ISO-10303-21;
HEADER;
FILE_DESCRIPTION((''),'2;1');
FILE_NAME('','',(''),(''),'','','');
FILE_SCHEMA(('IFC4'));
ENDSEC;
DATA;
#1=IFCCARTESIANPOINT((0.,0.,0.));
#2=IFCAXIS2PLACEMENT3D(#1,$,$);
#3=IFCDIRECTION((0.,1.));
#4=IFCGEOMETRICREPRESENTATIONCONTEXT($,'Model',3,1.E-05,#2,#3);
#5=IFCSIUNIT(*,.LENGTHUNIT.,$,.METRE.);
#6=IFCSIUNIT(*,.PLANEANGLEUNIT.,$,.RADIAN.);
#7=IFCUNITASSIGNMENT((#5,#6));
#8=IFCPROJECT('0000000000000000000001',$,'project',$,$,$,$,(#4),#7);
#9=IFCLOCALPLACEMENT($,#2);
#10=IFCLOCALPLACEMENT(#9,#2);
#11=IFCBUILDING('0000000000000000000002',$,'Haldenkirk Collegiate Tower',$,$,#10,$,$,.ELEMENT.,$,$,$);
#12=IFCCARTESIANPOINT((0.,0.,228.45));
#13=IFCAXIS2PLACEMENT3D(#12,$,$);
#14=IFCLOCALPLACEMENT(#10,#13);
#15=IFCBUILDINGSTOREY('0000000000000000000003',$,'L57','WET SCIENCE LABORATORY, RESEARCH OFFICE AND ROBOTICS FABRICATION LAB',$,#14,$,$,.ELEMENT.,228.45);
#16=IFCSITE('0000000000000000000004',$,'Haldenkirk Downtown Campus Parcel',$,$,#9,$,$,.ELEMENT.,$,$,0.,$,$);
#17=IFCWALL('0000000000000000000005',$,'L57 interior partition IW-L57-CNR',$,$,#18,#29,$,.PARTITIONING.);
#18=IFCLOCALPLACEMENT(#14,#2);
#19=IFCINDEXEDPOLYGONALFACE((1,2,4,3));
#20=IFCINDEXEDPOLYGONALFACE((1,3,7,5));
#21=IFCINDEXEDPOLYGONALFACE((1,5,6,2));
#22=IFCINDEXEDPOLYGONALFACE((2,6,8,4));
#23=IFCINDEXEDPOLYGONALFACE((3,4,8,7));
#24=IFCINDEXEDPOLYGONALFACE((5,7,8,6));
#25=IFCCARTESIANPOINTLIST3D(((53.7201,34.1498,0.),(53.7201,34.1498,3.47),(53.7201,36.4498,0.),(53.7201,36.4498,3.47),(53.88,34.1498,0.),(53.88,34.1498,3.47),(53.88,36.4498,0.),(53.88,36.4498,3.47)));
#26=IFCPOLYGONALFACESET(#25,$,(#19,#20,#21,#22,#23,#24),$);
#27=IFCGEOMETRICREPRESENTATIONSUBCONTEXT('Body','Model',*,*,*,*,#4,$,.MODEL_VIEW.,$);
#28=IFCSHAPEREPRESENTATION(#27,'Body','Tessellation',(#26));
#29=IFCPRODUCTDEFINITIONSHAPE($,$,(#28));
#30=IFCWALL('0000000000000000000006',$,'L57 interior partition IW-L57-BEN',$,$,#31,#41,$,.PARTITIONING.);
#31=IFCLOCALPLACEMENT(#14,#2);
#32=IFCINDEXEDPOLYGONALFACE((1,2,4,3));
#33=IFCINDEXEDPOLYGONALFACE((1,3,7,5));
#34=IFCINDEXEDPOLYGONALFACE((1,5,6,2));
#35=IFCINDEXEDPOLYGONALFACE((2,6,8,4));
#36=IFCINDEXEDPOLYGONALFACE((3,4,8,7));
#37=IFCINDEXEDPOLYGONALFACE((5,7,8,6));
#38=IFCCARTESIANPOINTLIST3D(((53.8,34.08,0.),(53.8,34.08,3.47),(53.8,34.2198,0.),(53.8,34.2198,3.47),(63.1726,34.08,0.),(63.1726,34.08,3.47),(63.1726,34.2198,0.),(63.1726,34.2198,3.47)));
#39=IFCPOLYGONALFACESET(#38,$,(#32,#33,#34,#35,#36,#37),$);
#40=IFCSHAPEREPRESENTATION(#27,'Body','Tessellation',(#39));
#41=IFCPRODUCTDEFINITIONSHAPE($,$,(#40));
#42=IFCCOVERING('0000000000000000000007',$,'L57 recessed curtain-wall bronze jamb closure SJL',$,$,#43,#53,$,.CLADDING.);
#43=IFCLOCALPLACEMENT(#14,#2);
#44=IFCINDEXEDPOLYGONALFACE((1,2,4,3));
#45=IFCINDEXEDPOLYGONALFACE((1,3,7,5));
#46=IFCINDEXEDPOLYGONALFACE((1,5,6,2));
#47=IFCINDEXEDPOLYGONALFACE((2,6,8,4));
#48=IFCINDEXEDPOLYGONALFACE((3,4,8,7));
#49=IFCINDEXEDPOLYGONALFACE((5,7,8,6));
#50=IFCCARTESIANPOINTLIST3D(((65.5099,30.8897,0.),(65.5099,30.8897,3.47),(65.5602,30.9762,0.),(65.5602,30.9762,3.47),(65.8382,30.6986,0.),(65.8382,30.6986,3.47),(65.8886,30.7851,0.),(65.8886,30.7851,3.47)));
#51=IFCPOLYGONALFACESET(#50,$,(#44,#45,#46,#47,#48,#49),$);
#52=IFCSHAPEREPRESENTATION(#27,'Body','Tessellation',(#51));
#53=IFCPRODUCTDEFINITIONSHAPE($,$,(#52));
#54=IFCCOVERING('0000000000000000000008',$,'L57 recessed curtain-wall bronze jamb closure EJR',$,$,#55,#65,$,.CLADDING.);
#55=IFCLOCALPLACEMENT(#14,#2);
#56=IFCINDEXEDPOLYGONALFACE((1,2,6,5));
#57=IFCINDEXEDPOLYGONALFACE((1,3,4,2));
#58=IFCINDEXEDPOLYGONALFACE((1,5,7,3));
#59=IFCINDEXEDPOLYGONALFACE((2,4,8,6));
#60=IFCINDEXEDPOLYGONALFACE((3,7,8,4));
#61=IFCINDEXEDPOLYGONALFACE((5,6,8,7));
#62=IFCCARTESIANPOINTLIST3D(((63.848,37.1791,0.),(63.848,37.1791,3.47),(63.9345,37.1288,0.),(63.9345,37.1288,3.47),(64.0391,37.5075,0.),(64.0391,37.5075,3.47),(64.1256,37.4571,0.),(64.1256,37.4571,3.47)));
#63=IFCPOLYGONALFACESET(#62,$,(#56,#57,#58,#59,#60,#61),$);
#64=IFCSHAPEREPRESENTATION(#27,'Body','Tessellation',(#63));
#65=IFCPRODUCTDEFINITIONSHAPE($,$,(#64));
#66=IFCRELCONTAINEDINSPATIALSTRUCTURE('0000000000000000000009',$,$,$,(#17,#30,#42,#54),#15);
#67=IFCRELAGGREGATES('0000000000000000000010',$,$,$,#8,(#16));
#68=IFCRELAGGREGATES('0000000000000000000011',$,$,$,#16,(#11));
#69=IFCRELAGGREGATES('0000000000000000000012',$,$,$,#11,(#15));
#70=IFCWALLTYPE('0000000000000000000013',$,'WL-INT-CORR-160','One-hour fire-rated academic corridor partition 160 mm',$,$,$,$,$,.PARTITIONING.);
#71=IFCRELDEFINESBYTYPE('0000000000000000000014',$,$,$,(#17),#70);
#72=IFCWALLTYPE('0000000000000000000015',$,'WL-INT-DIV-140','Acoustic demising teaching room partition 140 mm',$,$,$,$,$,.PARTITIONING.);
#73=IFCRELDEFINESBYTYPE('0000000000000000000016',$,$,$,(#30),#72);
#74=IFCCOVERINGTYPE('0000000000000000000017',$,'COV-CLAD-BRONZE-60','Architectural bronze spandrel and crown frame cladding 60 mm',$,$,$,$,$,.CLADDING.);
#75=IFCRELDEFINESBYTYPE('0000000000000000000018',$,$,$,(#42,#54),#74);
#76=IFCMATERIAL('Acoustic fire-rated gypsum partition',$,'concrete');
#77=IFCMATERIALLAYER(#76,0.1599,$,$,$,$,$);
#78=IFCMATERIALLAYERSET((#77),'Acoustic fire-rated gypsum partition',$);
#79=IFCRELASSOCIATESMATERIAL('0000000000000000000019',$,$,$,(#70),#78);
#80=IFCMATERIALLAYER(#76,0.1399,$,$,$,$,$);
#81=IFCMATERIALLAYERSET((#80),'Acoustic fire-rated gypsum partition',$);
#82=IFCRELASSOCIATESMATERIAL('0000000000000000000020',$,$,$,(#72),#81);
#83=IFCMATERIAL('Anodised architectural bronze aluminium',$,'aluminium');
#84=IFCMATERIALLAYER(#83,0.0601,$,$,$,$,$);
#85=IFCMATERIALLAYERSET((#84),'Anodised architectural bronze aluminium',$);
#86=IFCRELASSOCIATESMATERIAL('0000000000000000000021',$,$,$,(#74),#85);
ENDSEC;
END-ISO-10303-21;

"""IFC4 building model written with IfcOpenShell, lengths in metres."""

from ifc_helpers import new_model, si_unit, direction, frame, frame_2d, origin, origin_2d, place, context, subcontext, project, spatial, rectangle, extrude, source, transform, mapped, material, layer, layer_set, type_object, element, save


model = new_model("IFC4")

# Units and contexts
model_context = context("Model", 3, precision=1e-05, world=origin(), true_north=direction((0.0, 1.0)))
body_context = subcontext(model_context, "Body", "Model", "MODEL_VIEW")
ifc_project = project(units=[si_unit("LENGTHUNIT", "METRE"), si_unit("PLANEANGLEUNIT", "RADIAN")], contexts=[model_context])

# Site, building, storey
site_placement = place(None, origin())
site = spatial("IfcSite", under=ifc_project, at=site_placement, Name="Haldenkirk Downtown Campus Parcel", CompositionType="ELEMENT", RefElevation=0.0)
building_placement = place(site_placement, origin())
building = spatial("IfcBuilding", under=site, at=building_placement, Name="Haldenkirk Collegiate Tower", CompositionType="ELEMENT")
storey_placement = place(building_placement, frame((0.0, 0.0, 228.45)))
storey = spatial("IfcBuildingStorey", under=building, at=storey_placement, Name="L57", Description="WET SCIENCE LABORATORY, RESEARCH OFFICE AND ROBOTICS FABRICATION LAB", CompositionType="ELEMENT", Elevation=228.45)

# Shared definitions
ifc_material_1 = material(Name="Anodised architectural bronze aluminium", Category="aluminium")

# Walls
ifc_material_2 = material(Name="Acoustic fire-rated gypsum partition", Category="concrete")
ifc_layer_1 = layer(ifc_material_2, 0.1599)
ifc_layer_set_1 = layer_set([ifc_layer_1], Name="Acoustic fire-rated gypsum partition")
wall_type_1 = type_object("IfcWallType", Name="WL-INT-CORR-160", Description="One-hour fire-rated academic corridor partition 160 mm", PredefinedType="PARTITIONING", material=ifc_layer_set_1)
wall_1_placement = place(storey_placement, frame((53.8, 34.1499, 0.0), z_axis=(0.0, 0.0, 1.0), x_axis=(0.0, 1.0, 0.0)))
element("IfcWall", 1, at=wall_1_placement, inside=storey, type_object=wall_type_1, Name="L57 interior partition IW-L57-CNR", PredefinedType="PARTITIONING", context=body_context, shape_type="SweptSolid", body=[
    extrude(rectangle(XDim=2.3, YDim=0.1599, at=frame_2d((1.1499, 0.0))), origin(), (0.0, 0.0, 1.0), 3.47),
])
ifc_layer_2 = layer(ifc_material_2, 0.1399)
ifc_layer_set_2 = layer_set([ifc_layer_2], Name="Acoustic fire-rated gypsum partition")
wall_type_2 = type_object("IfcWallType", Name="WL-INT-DIV-140", Description="Acoustic demising teaching room partition 140 mm", PredefinedType="PARTITIONING", material=ifc_layer_set_2)
wall_2_placement = place(storey_placement, frame((53.8, 34.1499, 0.0), z_axis=(0.0, 0.0, 1.0), x_axis=(1.0, 0.0, 0.0)))
element("IfcWall", 2, at=wall_2_placement, inside=storey, type_object=wall_type_2, Name="L57 interior partition IW-L57-BEN", PredefinedType="PARTITIONING", context=body_context, shape_type="SweptSolid", body=[
    extrude(rectangle(XDim=9.3726, YDim=0.1399, at=frame_2d((4.6863, 0.0))), origin(), (0.0, 0.0, 1.0), 3.47),
])

# Coverings
ifc_layer_3 = layer(ifc_material_1, 0.0601)
ifc_layer_set_3 = layer_set([ifc_layer_3], Name="Anodised architectural bronze aluminium")
covering_type = type_object("IfcCoveringType", Name="COV-CLAD-BRONZE-60", Description="Architectural bronze spandrel and crown frame cladding 60 mm", PredefinedType="CLADDING", material=ifc_layer_set_3)
shared_shape_1 = source(origin(), body_context, "Body", "SweptSolid", [
    extrude(rectangle(XDim=0.1001, YDim=0.3799, at=origin_2d()), origin(), (0.0, 0.0, 1.0), 3.47),
])
for number, where, z_axis, x_axis, name in (
    (3, (65.6992, 30.8374, 0.0), (0.0, 0.0, 1.0), (-0.50302, -0.864275, 0.0), "L57 recessed curtain-wall bronze jamb closure SJL"),
    (4, (63.9868, 37.3181, 0.0), (0.0, 0.0, 1.0), (0.864275, -0.50302, 0.0), "L57 recessed curtain-wall bronze jamb closure EJR"),
):
    element("IfcCovering", number, at=place(storey_placement, frame(where, z_axis=z_axis, x_axis=x_axis)), inside=storey, type_object=covering_type, Name=name, PredefinedType="CLADDING", context=body_context, shape_type="MappedRepresentation", body=[
        mapped(shared_shape_1, transform((0.0, 0.0, 0.0), x_axis=(1.0, 0.0, 0.0), y_axis=(0.0, 1.0, 0.0), z_axis=(0.0, 0.0, 1.0), scale=1.0)),
    ])

save(model, "model.ifc")
